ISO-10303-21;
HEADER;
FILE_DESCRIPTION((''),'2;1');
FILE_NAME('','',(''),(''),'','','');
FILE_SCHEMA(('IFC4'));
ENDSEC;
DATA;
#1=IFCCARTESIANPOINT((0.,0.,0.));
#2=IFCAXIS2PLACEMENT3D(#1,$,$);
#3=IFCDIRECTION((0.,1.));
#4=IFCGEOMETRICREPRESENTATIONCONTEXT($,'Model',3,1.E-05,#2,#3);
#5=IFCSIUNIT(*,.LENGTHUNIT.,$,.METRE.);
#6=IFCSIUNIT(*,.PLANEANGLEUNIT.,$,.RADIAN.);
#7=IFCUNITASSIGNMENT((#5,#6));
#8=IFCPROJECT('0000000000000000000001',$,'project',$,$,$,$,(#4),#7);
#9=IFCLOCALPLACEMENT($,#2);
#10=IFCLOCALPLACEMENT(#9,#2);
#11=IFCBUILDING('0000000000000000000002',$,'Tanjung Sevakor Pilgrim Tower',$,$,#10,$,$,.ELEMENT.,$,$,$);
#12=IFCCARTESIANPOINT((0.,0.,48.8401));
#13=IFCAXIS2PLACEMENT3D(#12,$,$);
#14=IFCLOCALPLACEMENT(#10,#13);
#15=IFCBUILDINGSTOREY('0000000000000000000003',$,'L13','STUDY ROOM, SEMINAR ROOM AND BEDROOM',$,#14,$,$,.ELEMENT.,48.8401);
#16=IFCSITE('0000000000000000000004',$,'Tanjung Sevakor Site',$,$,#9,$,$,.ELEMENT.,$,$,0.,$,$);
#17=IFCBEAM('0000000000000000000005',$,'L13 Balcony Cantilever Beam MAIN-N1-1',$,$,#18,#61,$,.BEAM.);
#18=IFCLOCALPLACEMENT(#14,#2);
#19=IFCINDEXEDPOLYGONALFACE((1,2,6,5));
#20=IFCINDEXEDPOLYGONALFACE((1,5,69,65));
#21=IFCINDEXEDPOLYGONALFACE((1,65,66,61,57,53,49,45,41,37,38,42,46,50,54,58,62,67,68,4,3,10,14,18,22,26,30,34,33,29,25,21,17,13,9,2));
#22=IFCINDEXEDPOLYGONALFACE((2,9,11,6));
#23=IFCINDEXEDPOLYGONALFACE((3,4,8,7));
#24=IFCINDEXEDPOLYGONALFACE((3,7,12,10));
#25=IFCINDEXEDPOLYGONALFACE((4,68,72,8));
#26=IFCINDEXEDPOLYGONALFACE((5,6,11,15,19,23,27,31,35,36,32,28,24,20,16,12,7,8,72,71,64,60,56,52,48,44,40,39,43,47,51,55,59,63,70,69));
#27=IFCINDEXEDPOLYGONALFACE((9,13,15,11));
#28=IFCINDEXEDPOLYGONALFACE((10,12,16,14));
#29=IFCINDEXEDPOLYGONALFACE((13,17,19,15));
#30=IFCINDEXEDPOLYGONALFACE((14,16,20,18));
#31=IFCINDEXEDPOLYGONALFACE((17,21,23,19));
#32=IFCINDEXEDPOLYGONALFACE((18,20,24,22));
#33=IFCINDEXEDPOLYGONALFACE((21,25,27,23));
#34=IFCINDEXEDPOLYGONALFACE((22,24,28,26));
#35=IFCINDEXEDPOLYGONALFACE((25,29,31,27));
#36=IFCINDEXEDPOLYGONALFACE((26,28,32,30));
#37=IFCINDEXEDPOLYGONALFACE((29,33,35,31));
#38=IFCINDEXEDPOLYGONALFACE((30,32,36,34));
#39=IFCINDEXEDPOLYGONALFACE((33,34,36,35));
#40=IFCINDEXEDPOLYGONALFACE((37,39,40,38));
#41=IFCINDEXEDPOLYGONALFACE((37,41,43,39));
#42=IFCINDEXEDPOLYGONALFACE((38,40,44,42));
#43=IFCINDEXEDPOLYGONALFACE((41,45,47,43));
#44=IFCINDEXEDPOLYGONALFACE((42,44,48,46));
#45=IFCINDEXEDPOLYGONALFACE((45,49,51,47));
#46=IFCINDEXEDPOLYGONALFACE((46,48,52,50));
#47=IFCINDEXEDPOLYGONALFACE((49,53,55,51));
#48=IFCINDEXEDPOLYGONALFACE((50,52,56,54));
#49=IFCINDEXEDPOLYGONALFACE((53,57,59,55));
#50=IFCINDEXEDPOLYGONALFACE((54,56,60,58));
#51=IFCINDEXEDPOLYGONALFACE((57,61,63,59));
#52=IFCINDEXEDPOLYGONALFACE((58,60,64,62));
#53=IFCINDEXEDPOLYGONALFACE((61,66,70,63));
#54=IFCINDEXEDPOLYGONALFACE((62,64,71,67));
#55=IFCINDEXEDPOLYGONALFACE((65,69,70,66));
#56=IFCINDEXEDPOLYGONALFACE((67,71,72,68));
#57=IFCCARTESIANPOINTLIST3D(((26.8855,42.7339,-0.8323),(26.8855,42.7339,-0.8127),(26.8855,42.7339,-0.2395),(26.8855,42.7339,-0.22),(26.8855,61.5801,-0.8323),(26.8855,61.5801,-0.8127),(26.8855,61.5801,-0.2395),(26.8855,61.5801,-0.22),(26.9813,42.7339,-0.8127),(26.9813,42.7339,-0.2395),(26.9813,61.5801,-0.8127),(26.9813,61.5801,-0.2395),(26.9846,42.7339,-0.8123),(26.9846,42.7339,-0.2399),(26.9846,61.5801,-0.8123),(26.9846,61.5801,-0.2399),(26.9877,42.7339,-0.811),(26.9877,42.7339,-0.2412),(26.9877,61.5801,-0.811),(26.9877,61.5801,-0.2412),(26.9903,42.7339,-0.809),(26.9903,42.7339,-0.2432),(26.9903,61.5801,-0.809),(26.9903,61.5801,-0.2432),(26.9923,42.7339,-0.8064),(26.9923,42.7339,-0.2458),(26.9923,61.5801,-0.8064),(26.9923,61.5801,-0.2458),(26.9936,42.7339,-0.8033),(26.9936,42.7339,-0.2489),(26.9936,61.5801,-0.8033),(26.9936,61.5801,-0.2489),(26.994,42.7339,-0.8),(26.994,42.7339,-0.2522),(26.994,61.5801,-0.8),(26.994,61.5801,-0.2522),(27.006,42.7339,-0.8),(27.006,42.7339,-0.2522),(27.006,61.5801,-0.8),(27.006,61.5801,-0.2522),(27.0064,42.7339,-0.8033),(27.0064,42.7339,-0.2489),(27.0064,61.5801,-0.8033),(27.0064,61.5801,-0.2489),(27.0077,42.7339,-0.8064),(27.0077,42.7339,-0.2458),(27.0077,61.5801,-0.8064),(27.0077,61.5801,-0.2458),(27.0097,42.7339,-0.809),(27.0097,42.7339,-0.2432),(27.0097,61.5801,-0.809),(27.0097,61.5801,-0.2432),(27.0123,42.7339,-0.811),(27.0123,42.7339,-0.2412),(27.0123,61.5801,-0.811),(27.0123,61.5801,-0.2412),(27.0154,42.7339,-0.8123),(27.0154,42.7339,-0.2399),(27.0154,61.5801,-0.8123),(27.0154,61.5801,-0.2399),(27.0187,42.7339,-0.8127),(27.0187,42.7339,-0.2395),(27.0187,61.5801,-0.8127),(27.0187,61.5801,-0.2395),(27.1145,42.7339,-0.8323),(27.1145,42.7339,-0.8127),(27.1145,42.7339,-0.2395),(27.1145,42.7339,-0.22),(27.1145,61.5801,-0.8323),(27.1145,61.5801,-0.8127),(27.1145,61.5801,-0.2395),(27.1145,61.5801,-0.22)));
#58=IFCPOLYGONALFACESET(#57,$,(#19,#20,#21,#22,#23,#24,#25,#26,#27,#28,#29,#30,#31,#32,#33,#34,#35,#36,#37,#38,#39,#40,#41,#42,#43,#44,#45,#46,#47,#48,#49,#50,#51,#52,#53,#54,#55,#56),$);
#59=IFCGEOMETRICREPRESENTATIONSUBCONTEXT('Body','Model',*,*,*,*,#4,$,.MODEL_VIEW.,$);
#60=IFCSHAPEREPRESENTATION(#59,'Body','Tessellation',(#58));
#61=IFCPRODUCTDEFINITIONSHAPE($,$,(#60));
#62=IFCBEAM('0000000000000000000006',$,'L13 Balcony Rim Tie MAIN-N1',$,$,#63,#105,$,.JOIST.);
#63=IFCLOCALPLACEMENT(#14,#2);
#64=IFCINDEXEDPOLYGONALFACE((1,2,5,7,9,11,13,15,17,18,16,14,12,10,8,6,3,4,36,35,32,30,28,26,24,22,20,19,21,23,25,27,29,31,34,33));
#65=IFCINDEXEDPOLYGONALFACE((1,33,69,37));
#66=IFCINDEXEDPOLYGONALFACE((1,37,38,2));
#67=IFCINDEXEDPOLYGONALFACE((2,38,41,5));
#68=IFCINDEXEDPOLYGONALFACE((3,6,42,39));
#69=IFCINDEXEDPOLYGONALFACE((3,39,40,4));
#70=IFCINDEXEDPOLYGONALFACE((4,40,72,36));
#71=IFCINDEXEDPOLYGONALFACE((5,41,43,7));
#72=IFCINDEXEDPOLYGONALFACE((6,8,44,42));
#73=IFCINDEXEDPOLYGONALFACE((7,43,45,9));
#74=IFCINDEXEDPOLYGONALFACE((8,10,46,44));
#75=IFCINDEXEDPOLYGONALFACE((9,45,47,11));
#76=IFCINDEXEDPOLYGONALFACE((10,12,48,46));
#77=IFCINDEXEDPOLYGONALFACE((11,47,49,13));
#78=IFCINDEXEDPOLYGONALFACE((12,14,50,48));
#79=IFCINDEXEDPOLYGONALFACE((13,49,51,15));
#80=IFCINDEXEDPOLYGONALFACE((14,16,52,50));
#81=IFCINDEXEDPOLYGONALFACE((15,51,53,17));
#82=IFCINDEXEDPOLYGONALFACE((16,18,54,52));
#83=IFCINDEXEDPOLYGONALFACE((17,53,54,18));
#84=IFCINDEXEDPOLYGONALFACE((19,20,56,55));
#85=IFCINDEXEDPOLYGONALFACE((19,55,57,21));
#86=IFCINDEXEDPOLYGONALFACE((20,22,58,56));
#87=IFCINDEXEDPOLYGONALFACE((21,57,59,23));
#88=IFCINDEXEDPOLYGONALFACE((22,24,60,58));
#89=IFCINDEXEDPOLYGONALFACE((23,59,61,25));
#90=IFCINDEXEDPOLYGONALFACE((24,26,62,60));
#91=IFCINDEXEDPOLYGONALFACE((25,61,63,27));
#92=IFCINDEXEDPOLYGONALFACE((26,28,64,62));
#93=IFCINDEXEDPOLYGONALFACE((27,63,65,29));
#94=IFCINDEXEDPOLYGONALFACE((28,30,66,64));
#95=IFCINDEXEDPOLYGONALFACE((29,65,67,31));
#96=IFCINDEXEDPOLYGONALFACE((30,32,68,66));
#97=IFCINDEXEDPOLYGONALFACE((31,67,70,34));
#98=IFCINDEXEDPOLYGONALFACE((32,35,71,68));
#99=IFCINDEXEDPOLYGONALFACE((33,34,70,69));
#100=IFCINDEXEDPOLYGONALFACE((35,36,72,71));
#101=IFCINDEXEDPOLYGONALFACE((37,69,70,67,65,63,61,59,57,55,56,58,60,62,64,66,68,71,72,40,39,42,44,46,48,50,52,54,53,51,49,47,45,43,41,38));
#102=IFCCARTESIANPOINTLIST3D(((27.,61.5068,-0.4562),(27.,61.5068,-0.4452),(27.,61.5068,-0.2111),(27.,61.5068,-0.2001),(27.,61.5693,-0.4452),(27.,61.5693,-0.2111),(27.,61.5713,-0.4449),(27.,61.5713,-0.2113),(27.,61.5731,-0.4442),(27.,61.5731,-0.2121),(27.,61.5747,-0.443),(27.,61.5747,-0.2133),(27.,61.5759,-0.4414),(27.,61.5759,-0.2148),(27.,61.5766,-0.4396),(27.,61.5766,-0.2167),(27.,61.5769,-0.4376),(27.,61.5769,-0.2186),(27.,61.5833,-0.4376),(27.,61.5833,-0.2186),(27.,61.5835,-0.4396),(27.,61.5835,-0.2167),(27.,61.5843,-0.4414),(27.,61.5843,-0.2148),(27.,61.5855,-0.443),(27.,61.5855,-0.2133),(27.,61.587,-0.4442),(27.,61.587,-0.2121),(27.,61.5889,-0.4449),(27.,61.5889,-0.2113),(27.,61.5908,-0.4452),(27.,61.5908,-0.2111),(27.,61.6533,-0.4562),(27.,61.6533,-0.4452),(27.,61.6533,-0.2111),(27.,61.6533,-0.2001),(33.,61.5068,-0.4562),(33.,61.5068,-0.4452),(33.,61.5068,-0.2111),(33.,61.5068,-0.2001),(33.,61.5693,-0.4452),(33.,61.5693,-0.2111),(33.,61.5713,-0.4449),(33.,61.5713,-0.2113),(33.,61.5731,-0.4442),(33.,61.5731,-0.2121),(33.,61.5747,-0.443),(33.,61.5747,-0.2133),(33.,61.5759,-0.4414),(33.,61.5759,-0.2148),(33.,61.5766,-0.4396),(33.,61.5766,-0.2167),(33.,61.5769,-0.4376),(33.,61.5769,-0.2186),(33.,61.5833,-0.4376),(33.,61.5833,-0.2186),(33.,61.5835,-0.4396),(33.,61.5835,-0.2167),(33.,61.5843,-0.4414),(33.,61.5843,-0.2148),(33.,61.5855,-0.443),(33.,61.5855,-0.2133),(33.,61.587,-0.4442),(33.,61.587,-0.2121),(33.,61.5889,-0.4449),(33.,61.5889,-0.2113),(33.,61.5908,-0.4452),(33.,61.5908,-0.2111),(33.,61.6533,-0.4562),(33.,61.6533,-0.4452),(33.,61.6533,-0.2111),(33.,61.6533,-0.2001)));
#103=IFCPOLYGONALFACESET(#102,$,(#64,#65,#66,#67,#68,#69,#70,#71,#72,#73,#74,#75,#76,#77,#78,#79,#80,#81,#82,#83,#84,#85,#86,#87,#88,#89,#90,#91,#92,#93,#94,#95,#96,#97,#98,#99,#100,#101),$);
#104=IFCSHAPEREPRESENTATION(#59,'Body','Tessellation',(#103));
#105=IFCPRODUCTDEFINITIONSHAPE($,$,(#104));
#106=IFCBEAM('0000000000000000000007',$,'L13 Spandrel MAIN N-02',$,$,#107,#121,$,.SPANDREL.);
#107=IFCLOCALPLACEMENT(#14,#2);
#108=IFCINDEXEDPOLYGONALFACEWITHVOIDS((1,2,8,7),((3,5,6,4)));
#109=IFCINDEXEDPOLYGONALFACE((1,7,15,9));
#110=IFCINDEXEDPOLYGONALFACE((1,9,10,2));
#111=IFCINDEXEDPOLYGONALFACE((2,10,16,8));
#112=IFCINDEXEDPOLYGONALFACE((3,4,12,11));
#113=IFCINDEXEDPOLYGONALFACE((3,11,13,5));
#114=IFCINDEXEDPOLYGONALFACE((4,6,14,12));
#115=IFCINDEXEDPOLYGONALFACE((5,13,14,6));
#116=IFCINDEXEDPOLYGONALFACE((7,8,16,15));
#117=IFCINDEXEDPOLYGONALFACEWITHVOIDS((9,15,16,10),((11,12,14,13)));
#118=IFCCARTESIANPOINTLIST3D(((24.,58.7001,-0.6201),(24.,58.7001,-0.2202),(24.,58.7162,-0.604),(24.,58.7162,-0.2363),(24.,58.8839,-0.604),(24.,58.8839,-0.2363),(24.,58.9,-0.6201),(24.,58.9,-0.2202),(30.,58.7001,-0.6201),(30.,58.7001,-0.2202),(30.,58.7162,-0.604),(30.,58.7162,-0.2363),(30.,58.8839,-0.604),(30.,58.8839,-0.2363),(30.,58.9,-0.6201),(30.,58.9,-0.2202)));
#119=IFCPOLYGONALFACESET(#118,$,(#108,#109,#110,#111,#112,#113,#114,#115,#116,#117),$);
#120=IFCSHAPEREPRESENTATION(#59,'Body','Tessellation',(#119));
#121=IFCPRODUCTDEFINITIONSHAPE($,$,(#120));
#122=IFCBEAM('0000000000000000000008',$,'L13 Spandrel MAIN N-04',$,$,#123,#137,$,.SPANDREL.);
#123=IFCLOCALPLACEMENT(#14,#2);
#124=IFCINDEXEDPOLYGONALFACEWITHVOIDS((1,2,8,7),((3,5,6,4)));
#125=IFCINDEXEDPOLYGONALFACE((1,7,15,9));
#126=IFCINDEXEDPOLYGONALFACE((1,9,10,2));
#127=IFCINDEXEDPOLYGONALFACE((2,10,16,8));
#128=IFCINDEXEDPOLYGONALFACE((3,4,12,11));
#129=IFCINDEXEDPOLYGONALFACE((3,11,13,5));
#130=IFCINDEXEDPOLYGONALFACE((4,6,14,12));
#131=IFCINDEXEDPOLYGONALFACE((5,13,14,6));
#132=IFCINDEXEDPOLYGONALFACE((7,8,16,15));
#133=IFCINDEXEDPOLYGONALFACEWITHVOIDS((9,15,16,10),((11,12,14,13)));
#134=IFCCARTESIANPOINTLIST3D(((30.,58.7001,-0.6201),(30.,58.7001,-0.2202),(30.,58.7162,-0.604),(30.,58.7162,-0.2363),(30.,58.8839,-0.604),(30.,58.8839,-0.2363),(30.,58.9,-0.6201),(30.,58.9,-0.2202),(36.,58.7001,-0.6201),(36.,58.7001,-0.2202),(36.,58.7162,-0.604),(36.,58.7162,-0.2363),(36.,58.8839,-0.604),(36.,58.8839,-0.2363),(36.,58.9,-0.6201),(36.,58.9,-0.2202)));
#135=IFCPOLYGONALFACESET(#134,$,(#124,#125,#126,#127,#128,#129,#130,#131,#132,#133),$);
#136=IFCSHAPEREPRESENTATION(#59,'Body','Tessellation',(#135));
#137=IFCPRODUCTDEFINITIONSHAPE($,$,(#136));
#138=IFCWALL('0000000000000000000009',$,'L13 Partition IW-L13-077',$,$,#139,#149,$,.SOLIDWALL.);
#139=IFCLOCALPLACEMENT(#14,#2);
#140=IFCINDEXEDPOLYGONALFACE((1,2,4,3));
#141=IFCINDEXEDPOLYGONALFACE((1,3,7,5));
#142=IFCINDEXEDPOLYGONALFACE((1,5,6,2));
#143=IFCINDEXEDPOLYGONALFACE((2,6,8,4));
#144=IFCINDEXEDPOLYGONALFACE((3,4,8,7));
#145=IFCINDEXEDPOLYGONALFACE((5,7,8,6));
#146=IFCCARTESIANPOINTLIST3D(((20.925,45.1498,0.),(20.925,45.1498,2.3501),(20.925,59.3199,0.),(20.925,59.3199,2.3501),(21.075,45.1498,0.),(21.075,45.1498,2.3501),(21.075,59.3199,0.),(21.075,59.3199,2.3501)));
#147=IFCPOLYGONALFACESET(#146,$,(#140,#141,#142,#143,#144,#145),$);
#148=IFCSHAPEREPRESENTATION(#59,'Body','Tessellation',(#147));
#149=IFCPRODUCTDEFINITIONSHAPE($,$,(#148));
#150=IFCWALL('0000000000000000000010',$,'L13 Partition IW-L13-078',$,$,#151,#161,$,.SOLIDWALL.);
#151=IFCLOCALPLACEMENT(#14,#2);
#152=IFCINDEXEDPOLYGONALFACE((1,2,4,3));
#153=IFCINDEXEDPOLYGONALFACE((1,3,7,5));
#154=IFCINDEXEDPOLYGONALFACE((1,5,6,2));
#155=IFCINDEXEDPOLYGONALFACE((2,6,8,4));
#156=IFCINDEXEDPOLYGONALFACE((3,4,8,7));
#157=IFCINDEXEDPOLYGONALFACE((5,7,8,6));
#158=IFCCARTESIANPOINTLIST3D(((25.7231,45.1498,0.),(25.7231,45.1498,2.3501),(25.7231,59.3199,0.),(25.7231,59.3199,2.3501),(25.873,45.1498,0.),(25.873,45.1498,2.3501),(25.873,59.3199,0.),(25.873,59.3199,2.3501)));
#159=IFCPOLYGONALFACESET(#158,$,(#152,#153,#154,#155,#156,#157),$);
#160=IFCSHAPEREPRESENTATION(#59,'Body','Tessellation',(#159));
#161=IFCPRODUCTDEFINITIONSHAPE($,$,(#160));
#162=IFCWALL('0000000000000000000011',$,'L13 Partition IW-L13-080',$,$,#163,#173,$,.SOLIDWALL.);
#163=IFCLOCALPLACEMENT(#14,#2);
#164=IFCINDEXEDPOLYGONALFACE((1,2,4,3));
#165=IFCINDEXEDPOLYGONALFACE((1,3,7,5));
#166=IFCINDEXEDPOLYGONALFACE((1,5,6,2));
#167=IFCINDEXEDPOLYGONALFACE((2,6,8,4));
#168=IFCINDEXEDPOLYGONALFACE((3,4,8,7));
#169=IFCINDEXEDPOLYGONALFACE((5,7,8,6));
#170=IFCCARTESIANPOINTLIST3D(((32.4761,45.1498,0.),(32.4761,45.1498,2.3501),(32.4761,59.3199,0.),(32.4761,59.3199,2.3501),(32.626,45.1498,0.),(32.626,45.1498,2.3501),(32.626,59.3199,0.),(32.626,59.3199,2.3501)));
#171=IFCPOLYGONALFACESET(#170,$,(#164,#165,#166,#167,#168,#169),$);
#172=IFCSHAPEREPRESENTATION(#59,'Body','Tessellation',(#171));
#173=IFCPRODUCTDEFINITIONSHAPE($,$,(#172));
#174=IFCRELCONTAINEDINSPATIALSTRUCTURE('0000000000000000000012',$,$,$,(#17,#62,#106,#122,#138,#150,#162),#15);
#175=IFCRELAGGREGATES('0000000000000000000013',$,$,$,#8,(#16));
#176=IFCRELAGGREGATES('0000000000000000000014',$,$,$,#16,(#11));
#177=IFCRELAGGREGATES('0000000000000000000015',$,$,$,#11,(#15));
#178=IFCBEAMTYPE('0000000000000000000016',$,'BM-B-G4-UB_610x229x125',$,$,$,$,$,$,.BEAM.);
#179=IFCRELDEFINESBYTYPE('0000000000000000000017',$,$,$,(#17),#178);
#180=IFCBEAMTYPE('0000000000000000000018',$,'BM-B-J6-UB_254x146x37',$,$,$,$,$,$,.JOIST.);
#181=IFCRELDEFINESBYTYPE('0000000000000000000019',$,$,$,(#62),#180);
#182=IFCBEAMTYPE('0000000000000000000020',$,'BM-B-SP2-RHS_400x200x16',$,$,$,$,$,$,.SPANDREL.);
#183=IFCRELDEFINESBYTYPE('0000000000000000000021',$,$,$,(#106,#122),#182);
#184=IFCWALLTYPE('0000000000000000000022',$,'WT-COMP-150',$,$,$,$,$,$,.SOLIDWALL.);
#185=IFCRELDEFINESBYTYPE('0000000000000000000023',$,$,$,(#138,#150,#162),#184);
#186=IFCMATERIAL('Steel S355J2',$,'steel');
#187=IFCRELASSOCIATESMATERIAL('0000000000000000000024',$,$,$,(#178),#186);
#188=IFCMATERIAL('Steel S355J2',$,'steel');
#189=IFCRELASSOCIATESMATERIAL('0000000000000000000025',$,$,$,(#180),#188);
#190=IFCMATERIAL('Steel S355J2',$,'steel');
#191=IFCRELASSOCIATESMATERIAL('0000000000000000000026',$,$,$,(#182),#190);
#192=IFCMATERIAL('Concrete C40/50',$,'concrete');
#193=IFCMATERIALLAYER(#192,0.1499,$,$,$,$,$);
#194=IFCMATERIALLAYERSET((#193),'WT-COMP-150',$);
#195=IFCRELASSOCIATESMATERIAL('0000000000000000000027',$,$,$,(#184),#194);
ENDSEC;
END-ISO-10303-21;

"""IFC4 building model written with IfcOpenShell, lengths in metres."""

from ifc_helpers import new_model, si_unit, direction, frame, frame_2d, origin, origin_2d, place, context, subcontext, project, spatial, rectangle, hollow_rectangle, i_section, extrude, material, layer, layer_set, material_profile, profile_set, type_object, element, save


model = new_model("IFC4")

# Units and contexts
model_context = context("Model", 3, precision=1e-05, world=origin(), true_north=direction((0.0, 1.0)))
body_context = subcontext(model_context, "Body", "Model", "MODEL_VIEW")
ifc_project = project(units=[si_unit("LENGTHUNIT", "METRE"), si_unit("PLANEANGLEUNIT", "RADIAN")], contexts=[model_context])

# Site, building, storey
site_placement = place(None, origin())
site = spatial("IfcSite", under=ifc_project, at=site_placement, Name="Tanjung Sevakor Site", CompositionType="ELEMENT", RefElevation=0.0)
building_placement = place(site_placement, origin())
building = spatial("IfcBuilding", under=site, at=building_placement, Name="Tanjung Sevakor Pilgrim Tower", CompositionType="ELEMENT")
storey_placement = place(building_placement, frame((0.0, 0.0, 48.8401)))
storey = spatial("IfcBuildingStorey", under=building, at=storey_placement, Name="L13", Description="STUDY ROOM, SEMINAR ROOM AND BEDROOM", CompositionType="ELEMENT", Elevation=48.8401)

# Beams
ifc_material_1 = material(Name="Steel S355J2", Category="steel")
ifc_material_profile_1 = material_profile(ifc_material_1, i_section(OverallWidth=0.229, OverallDepth=0.6123, WebThickness=0.012, FlangeThickness=0.0195, FilletRadius=0.0127, at=origin_2d()))
ifc_profile_set_1 = profile_set([ifc_material_profile_1], Name="Steel S355J2")
beam_type_1 = type_object("IfcBeamType", Name="BM-B-G4-UB_610x229x125", PredefinedType="BEAM", material=ifc_profile_set_1)
beam_1_placement = place(storey_placement, frame((27.0, 42.7339, -0.5261), z_axis=(0.0, 1.0, 0.0), x_axis=(-1.0, 0.0, 0.0)))
element("IfcBeam", 1, at=beam_1_placement, inside=storey, type_object=beam_type_1, Name="L13 Balcony Cantilever Beam MAIN-N1-1", PredefinedType="BEAM", context=body_context, shape_type="SweptSolid", body=[
    extrude(i_section(OverallWidth=0.229, OverallDepth=0.6123, WebThickness=0.012, FlangeThickness=0.0195, FilletRadius=0.0127, at=origin_2d()), origin(), (0.0, 0.0, 1.0), 18.8462),
])
ifc_material_2 = material(Name="Steel S355J2", Category="steel")
ifc_material_profile_2 = material_profile(ifc_material_2, i_section(OverallWidth=0.1465, OverallDepth=0.2561, WebThickness=0.0063, FlangeThickness=0.011, FilletRadius=0.0076, at=origin_2d()))
ifc_profile_set_2 = profile_set([ifc_material_profile_2], Name="Steel S355J2")
beam_type_2 = type_object("IfcBeamType", Name="BM-B-J6-UB_254x146x37", PredefinedType="JOIST", material=ifc_profile_set_2)
beam_2_placement = place(storey_placement, frame((27.0, 61.5801, -0.3281), z_axis=(1.0, 0.0, 0.0), x_axis=(0.0, 1.0, 0.0)))
element("IfcBeam", 2, at=beam_2_placement, inside=storey, type_object=beam_type_2, Name="L13 Balcony Rim Tie MAIN-N1", PredefinedType="JOIST", context=body_context, shape_type="SweptSolid", body=[
    extrude(i_section(OverallWidth=0.1465, OverallDepth=0.2561, WebThickness=0.0063, FlangeThickness=0.011, FilletRadius=0.0076, at=origin_2d()), origin(), (0.0, 0.0, 1.0), 6.0),
])
ifc_material_3 = material(Name="Steel S355J2", Category="steel")
ifc_material_profile_3 = material_profile(ifc_material_3, hollow_rectangle(XDim=0.2, YDim=0.3999, WallThickness=0.0161, at=origin_2d()))
ifc_profile_set_3 = profile_set([ifc_material_profile_3], Name="Steel S355J2")
beam_type_3 = type_object("IfcBeamType", Name="BM-B-SP2-RHS_400x200x16", PredefinedType="SPANDREL", material=ifc_profile_set_3)
for number, where, z_axis, x_axis, name in (
    (3, (24.0, 58.8, -0.4202), (1.0, 0.0, 0.0), (0.0, 1.0, 0.0), "L13 Spandrel MAIN N-02"),
    (4, (30.0, 58.8, -0.4202), (1.0, 0.0, 0.0), (0.0, 1.0, 0.0), "L13 Spandrel MAIN N-04"),
):
    element("IfcBeam", number, at=place(storey_placement, frame(where, z_axis=z_axis, x_axis=x_axis)), inside=storey, type_object=beam_type_3, Name=name, PredefinedType="SPANDREL", context=body_context, shape_type="SweptSolid", body=[
        extrude(hollow_rectangle(XDim=0.2, YDim=0.3999, WallThickness=0.0161, at=origin_2d()), origin(), (0.0, 0.0, 1.0), 6.0),
    ])

# Walls
ifc_material_4 = material(Name="Concrete C40/50", Category="concrete")
ifc_layer_1 = layer(ifc_material_4, 0.1499)
ifc_layer_set_1 = layer_set([ifc_layer_1], Name="WT-COMP-150")
wall_type_1 = type_object("IfcWallType", Name="WT-COMP-150", PredefinedType="SOLIDWALL", material=ifc_layer_set_1)
for number, where, z_axis, x_axis, name in (
    (5, (21.0, 45.1499, 0.0), (0.0, 0.0, 1.0), (0.0, 1.0, 0.0), "L13 Partition IW-L13-077"),
    (6, (25.7981, 45.1499, 0.0), (0.0, 0.0, 1.0), (0.0, 1.0, 0.0), "L13 Partition IW-L13-078"),
):
    element("IfcWall", number, at=place(storey_placement, frame(where, z_axis=z_axis, x_axis=x_axis)), inside=storey, type_object=wall_type_1, Name=name, PredefinedType="SOLIDWALL", context=body_context, shape_type="SweptSolid", body=[
        extrude(rectangle(XDim=14.1702, YDim=0.1499, at=frame_2d((7.085, 0.0))), origin(), (0.0, 0.0, 1.0), 2.3501),
    ])

# Wall
wall_1_placement = place(storey_placement, frame((32.551, 45.1499, 0.0), z_axis=(0.0, 0.0, 1.0), x_axis=(0.0, 1.0, 0.0)))
element("IfcWall", 7, at=wall_1_placement, inside=storey, type_object=wall_type_1, Name="L13 Partition IW-L13-080", PredefinedType="SOLIDWALL", context=body_context, shape_type="SweptSolid", body=[
    extrude(rectangle(XDim=14.1702, YDim=0.1499, at=frame_2d((7.085, 0.0))), origin(), (0.0, 0.0, 1.0), 2.3501),
])

save(model, "model.ifc")
